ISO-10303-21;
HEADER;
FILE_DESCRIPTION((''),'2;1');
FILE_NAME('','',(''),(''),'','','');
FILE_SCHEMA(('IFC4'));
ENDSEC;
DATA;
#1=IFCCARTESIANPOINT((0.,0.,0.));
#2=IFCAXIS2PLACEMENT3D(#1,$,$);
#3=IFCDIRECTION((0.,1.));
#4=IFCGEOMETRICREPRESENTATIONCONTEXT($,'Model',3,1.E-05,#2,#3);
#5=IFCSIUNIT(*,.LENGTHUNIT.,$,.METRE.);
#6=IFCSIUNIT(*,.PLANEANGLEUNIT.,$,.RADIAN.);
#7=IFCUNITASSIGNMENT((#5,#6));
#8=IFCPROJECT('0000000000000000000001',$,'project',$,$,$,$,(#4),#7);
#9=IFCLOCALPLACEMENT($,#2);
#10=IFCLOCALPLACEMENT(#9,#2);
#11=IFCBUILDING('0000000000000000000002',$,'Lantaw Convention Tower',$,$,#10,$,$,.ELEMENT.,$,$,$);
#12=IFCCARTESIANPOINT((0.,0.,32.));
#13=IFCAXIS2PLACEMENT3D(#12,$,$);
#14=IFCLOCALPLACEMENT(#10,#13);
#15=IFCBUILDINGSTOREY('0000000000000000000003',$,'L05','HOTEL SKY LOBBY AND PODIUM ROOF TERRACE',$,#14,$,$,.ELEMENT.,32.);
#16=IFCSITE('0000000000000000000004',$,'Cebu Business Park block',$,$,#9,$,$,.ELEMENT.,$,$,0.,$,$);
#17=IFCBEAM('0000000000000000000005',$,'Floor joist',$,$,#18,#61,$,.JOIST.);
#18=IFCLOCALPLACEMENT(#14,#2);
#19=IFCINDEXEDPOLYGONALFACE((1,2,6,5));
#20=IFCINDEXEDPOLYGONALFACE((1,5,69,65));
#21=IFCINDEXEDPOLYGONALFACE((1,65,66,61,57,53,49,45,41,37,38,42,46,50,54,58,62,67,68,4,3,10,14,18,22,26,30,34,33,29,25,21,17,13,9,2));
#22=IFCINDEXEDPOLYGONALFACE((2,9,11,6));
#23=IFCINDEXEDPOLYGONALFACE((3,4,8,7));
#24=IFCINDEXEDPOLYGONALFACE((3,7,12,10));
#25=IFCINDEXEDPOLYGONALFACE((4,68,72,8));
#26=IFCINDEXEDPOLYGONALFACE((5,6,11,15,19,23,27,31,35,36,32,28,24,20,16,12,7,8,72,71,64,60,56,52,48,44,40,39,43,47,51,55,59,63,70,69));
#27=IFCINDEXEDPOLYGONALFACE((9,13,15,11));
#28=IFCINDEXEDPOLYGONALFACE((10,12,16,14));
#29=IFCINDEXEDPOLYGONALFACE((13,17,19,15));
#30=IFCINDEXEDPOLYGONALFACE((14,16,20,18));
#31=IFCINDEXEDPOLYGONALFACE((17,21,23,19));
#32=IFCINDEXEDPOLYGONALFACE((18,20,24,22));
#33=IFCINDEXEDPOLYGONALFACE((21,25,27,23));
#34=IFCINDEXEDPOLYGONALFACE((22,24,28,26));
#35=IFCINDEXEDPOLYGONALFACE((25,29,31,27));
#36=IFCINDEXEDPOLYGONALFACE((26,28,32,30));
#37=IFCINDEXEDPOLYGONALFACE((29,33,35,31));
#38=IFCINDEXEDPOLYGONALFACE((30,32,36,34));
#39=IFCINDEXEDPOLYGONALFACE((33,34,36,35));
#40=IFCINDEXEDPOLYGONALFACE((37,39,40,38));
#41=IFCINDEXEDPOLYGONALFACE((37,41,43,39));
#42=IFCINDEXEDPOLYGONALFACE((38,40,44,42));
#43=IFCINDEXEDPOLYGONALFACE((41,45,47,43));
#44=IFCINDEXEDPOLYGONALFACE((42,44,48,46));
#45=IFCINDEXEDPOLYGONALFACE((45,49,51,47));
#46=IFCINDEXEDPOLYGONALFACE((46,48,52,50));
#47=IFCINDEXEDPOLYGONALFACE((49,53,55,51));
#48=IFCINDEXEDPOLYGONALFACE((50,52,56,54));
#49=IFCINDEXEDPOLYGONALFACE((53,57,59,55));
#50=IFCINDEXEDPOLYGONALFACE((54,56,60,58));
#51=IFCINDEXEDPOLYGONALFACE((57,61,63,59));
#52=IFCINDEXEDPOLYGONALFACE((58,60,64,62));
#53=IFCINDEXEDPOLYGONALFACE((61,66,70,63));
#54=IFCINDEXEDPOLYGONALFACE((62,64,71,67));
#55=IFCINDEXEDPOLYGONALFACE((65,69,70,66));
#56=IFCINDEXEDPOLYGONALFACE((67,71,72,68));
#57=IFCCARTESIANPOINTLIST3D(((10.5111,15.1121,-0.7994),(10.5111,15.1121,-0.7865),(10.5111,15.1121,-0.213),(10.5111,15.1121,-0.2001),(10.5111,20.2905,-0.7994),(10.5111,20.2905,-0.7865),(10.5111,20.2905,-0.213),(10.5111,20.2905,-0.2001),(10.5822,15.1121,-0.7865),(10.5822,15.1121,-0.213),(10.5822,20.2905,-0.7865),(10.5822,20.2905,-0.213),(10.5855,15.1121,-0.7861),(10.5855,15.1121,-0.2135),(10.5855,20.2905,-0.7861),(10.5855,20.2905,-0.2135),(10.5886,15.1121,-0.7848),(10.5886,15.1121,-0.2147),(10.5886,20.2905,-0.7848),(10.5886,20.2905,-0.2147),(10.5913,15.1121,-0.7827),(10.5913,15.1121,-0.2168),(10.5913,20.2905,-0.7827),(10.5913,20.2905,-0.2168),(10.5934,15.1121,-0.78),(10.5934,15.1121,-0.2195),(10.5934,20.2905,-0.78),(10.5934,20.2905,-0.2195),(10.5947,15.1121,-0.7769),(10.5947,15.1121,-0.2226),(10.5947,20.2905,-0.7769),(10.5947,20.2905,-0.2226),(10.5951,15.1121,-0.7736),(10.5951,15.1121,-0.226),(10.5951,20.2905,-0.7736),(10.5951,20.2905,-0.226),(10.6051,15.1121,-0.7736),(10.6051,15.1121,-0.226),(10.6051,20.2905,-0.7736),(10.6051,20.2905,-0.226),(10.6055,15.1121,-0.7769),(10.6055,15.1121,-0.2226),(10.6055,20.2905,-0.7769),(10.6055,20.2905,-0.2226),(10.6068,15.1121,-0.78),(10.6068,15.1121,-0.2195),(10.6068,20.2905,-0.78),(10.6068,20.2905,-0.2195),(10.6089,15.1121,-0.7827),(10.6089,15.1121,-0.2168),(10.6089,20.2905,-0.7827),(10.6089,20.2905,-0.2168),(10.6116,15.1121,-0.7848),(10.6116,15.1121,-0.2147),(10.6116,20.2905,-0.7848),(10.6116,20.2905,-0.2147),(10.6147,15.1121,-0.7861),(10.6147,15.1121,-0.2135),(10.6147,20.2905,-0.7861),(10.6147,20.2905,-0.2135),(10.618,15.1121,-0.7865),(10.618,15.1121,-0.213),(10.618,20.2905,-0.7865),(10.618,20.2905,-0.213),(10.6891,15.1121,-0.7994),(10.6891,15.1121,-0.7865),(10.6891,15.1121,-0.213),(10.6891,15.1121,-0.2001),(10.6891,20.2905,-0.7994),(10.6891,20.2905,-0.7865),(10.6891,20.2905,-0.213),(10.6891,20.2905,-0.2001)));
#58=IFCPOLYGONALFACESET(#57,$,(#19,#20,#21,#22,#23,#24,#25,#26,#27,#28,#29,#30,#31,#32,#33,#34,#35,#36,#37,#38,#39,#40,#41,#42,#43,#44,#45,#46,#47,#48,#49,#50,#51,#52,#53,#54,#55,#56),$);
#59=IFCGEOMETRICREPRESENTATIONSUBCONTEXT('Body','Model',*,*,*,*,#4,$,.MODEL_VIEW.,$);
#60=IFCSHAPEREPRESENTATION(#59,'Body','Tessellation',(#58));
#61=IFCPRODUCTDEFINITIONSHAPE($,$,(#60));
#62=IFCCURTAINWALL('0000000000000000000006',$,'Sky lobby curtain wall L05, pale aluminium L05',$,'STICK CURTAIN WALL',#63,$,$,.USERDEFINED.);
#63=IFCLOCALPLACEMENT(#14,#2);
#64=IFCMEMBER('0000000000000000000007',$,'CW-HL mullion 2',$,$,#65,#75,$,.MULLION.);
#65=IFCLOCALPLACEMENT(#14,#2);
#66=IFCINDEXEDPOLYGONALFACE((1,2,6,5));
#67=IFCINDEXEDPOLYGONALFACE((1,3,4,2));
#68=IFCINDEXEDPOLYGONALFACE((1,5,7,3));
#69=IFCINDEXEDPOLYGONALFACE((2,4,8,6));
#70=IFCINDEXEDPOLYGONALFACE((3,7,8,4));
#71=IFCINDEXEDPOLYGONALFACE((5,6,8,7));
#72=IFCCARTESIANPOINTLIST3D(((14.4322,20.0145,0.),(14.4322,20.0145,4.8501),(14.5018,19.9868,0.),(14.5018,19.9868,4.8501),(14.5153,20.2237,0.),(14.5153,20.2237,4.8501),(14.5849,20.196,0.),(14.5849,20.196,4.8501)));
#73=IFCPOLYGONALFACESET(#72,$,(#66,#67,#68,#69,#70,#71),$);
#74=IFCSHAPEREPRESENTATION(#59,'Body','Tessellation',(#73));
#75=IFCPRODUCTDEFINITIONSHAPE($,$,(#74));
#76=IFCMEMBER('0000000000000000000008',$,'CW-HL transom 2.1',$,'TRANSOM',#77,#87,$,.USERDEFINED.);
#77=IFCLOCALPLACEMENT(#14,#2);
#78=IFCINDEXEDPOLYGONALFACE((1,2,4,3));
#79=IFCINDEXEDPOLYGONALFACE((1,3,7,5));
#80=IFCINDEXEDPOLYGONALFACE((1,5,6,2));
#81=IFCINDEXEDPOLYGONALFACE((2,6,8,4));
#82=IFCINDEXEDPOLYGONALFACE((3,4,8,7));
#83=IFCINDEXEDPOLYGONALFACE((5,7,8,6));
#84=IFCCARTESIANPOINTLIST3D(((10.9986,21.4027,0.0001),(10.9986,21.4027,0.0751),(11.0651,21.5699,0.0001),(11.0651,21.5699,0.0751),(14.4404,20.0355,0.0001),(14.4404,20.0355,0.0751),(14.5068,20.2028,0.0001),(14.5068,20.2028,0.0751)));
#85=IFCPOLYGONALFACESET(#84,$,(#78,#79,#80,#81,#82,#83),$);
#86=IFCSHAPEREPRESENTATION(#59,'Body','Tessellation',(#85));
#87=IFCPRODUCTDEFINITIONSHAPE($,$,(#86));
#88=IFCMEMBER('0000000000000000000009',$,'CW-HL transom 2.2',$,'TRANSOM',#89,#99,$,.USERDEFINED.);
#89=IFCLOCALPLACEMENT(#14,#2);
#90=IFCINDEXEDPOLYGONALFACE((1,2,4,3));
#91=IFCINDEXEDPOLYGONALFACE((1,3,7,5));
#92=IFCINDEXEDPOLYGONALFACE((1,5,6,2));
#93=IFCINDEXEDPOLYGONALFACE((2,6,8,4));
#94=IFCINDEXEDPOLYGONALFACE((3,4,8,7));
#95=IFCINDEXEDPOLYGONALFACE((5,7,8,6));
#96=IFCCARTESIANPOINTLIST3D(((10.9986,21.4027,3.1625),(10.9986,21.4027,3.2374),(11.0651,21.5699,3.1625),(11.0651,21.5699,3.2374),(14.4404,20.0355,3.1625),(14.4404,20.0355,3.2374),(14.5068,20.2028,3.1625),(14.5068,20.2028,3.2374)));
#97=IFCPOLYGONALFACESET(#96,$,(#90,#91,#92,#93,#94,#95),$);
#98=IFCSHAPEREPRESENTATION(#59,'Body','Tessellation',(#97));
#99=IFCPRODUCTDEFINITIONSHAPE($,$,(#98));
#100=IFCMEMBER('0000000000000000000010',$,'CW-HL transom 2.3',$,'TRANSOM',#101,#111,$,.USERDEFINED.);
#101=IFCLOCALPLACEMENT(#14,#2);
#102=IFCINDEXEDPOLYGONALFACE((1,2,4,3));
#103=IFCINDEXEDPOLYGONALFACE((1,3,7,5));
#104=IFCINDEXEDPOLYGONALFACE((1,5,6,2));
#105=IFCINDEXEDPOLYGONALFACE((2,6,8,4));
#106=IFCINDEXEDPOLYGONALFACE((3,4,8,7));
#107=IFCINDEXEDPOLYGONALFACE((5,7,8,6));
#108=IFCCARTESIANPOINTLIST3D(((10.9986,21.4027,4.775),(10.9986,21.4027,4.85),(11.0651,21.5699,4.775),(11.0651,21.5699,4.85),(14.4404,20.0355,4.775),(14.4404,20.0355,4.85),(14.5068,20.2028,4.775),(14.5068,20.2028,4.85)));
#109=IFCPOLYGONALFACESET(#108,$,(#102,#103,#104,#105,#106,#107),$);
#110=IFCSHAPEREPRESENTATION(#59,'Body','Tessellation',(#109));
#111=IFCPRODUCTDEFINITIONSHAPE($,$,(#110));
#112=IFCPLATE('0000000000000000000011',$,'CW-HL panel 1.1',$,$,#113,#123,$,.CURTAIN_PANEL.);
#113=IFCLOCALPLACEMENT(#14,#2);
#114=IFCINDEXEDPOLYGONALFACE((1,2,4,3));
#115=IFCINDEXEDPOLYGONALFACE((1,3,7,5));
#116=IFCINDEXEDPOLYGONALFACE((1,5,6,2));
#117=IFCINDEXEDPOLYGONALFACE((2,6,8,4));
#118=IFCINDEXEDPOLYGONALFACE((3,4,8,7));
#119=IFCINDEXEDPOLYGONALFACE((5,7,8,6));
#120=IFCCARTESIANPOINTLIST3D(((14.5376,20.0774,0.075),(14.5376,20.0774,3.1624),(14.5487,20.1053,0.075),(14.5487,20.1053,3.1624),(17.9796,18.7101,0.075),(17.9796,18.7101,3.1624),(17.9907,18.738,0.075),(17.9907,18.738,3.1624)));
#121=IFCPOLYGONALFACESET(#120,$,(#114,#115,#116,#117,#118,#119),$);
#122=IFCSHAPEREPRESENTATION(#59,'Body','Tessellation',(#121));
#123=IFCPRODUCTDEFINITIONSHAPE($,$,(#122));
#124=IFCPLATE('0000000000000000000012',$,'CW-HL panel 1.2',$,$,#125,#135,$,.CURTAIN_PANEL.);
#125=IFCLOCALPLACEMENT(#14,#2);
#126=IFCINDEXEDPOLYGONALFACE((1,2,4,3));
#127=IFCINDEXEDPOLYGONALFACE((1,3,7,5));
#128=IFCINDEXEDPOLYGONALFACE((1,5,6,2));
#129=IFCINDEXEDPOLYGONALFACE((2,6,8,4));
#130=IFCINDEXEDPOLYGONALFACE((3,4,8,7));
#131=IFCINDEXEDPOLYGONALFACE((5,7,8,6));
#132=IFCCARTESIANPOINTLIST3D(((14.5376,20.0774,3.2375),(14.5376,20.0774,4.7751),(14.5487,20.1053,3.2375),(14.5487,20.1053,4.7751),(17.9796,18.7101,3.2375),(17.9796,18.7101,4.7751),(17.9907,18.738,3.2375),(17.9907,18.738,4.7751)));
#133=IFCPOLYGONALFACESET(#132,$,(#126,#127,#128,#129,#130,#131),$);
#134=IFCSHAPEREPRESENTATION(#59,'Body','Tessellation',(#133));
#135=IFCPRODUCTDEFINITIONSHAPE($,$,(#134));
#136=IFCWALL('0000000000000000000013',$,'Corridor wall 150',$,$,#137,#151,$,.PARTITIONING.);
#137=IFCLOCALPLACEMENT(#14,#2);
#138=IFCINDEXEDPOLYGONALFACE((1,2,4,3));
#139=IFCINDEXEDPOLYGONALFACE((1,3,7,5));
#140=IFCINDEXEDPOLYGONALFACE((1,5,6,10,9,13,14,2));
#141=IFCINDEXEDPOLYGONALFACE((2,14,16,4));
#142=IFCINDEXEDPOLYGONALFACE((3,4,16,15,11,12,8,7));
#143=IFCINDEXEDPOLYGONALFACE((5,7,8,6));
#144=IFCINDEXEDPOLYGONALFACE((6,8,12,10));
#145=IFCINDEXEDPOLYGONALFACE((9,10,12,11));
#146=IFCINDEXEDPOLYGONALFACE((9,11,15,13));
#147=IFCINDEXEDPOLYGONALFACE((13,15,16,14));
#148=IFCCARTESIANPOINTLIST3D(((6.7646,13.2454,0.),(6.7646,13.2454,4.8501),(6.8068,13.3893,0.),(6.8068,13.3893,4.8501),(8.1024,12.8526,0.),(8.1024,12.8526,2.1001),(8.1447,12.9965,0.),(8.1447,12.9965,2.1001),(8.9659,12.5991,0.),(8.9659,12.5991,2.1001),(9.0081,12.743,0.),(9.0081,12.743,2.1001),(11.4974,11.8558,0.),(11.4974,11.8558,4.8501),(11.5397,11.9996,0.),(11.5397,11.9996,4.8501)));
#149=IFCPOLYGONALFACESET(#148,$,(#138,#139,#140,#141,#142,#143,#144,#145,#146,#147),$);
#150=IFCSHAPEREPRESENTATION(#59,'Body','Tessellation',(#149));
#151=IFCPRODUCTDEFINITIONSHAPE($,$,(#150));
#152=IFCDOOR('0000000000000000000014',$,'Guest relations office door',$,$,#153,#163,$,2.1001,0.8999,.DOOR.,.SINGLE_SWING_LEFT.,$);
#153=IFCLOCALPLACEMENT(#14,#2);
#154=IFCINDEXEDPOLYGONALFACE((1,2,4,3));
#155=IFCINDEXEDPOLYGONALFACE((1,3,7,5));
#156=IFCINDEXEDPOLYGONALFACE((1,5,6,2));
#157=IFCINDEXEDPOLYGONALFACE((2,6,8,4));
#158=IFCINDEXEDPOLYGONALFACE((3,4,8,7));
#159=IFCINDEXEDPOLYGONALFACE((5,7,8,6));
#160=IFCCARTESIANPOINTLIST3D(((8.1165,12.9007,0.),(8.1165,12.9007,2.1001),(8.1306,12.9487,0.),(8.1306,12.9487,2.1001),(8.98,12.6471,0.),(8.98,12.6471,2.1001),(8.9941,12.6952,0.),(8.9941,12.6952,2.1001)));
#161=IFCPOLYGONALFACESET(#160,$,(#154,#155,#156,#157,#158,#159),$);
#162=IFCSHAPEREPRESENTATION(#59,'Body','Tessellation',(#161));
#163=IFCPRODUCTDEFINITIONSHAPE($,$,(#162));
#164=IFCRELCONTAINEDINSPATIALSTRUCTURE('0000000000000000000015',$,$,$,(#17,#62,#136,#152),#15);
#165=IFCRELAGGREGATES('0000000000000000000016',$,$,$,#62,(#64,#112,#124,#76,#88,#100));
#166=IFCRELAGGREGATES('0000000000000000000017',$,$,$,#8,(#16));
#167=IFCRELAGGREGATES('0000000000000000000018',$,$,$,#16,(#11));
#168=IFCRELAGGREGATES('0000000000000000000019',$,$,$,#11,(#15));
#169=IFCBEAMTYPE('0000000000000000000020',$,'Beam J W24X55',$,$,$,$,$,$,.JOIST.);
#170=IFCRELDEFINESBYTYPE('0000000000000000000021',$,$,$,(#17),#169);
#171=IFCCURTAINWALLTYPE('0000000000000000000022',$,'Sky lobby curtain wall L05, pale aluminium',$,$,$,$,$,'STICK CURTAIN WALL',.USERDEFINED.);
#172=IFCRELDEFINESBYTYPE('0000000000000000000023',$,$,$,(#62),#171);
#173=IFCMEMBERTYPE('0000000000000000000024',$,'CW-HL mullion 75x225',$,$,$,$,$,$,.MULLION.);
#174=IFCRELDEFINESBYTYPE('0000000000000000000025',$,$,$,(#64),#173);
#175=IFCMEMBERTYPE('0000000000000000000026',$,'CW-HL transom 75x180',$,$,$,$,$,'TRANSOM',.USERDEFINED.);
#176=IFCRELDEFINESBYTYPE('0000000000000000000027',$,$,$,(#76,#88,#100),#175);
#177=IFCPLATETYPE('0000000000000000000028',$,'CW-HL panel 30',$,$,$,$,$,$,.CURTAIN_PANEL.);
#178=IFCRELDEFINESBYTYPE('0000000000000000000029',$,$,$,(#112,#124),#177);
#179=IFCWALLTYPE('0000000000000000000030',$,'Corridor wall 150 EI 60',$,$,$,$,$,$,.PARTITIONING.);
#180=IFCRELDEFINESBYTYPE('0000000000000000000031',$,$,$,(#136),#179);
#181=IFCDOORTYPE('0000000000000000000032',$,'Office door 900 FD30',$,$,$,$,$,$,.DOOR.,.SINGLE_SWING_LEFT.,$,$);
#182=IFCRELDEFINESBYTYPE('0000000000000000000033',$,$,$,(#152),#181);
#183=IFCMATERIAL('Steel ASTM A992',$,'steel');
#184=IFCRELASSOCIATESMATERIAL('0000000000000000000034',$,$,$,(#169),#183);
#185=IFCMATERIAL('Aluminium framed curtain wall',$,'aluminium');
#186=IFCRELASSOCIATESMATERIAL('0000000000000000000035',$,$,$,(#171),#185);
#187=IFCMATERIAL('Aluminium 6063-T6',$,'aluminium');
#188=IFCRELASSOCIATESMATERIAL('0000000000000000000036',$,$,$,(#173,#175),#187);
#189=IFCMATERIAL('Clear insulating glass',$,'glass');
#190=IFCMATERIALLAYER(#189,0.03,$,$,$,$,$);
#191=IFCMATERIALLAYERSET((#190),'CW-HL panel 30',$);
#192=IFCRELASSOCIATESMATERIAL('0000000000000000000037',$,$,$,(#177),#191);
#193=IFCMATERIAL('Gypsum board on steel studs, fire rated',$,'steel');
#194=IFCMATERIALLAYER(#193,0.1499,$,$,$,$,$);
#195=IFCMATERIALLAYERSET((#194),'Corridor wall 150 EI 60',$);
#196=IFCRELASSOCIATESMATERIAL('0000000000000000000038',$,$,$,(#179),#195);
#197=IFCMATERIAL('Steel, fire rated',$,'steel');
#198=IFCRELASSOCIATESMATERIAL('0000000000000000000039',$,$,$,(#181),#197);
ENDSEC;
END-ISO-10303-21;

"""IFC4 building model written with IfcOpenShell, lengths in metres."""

from ifc_helpers import new_model, si_unit, direction, frame, frame_2d, origin, origin_2d, place, context, subcontext, project, spatial, rectangle, i_section, extrude, material, layer, layer_set, material_profile, profile_set, type_object, element, fill, aggregate, save


model = new_model("IFC4")

# Units and contexts
model_context = context("Model", 3, precision=1e-05, world=origin(), true_north=direction((0.0, 1.0)))
body_context = subcontext(model_context, "Body", "Model", "MODEL_VIEW")
ifc_project = project(units=[si_unit("LENGTHUNIT", "METRE"), si_unit("PLANEANGLEUNIT", "RADIAN")], contexts=[model_context])

# Site, building, storey
site_placement = place(None, origin())
site = spatial("IfcSite", under=ifc_project, at=site_placement, Name="Cebu Business Park block", CompositionType="ELEMENT", RefElevation=0.0)
building_placement = place(site_placement, origin())
building = spatial("IfcBuilding", under=site, at=building_placement, Name="Lantaw Convention Tower", CompositionType="ELEMENT")
storey_placement = place(building_placement, frame((0.0, 0.0, 32.0)))
storey = spatial("IfcBuildingStorey", under=building, at=storey_placement, Name="L05", Description="HOTEL SKY LOBBY AND PODIUM ROOF TERRACE", CompositionType="ELEMENT", Elevation=32.0)

# Beam
ifc_material_1 = material(Name="Steel ASTM A992", Category="steel")
ifc_material_profile_1 = material_profile(ifc_material_1, i_section(OverallWidth=0.178, OverallDepth=0.5994, WebThickness=0.01, FlangeThickness=0.0129, FilletRadius=0.0129, at=origin_2d()), Name="W24X55")
ifc_profile_set_1 = profile_set([ifc_material_profile_1], Name="Steel ASTM A992")
beam_type_1 = type_object("IfcBeamType", Name="Beam J W24X55", PredefinedType="JOIST", material=ifc_profile_set_1)
beam_1_placement = place(storey_placement, frame((10.6001, 15.1121, -0.4998), z_axis=(0.0, 1.0, 0.0), x_axis=(-1.0, 0.0, 0.0)))
element("IfcBeam", 1, at=beam_1_placement, inside=storey, type_object=beam_type_1, Name="Floor joist", PredefinedType="JOIST", context=body_context, shape_type="SweptSolid", body=[
    extrude(i_section(OverallWidth=0.178, OverallDepth=0.5994, WebThickness=0.01, FlangeThickness=0.0129, FilletRadius=0.0129, at=origin_2d()), origin(), (0.0, 0.0, 1.0), 5.1785),
])

# Curtain wall, members, plates
ifc_material_2 = material(Name="Aluminium framed curtain wall", Category="aluminium")
curtain_wall_type = type_object("IfcCurtainWallType", Name="Sky lobby curtain wall L05, pale aluminium", ElementType="STICK CURTAIN WALL", PredefinedType="USERDEFINED", material=ifc_material_2)
curtain_wall_placement = place(storey_placement, origin())
curtain_wall = element("IfcCurtainWall", 2, at=curtain_wall_placement, inside=storey, type_object=curtain_wall_type, Name="Sky lobby curtain wall L05, pale aluminium L05", ObjectType="STICK CURTAIN WALL", PredefinedType="USERDEFINED")
ifc_material_3 = material(Name="Aluminium 6063-T6", Category="aluminium")
ifc_material_profile_2 = material_profile(ifc_material_3, rectangle(XDim=0.2251, YDim=0.075, at=origin_2d()), Name="CW-HL mullion 75x225")
ifc_profile_set_2 = profile_set([ifc_material_profile_2], Name="Aluminium 6063-T6")
member_type_1 = type_object("IfcMemberType", Name="CW-HL mullion 75x225", PredefinedType="MULLION", material=ifc_profile_set_2)
member_1_placement = place(storey_placement, frame((14.5085, 20.1052, 0.0), z_axis=(0.0, 0.0, 1.0), x_axis=(-0.369172, -0.929361, 0.0)))
member_1 = element("IfcMember", 3, at=member_1_placement, type_object=member_type_1, Name="CW-HL mullion 2", PredefinedType="MULLION", context=body_context, shape_type="SweptSolid", body=[
    extrude(rectangle(XDim=0.2251, YDim=0.075, at=origin_2d()), origin(), (0.0, 0.0, 1.0), 4.8501),
])
ifc_material_profile_3 = material_profile(ifc_material_3, rectangle(XDim=0.1799, YDim=0.075, at=origin_2d()), Name="CW-HL transom 75x180")
ifc_profile_set_3 = profile_set([ifc_material_profile_3], Name="Aluminium 6063-T6")
member_type_2 = type_object("IfcMemberType", Name="CW-HL transom 75x180", ElementType="TRANSOM", PredefinedType="USERDEFINED", material=ifc_profile_set_3)
member_2_placement = place(storey_placement, frame((14.4736, 20.1191, 0.0376), z_axis=(-0.929365, 0.369162, 0.0), x_axis=(-0.369162, -0.929365, 0.0)))
member_2 = element("IfcMember", 4, at=member_2_placement, type_object=member_type_2, Name="CW-HL transom 2.1", ObjectType="TRANSOM", PredefinedType="USERDEFINED", context=body_context, shape_type="SweptSolid", body=[
    extrude(rectangle(XDim=0.1799, YDim=0.075, at=origin_2d()), origin(), (0.0, 0.0, 1.0), 3.7034),
])
member_3_placement = place(storey_placement, frame((14.4736, 20.1191, 3.2), z_axis=(-0.929365, 0.369162, 0.0), x_axis=(-0.369162, -0.929365, 0.0)))
member_3 = element("IfcMember", 5, at=member_3_placement, type_object=member_type_2, Name="CW-HL transom 2.2", ObjectType="TRANSOM", PredefinedType="USERDEFINED", context=body_context, shape_type="SweptSolid", body=[
    extrude(rectangle(XDim=0.1799, YDim=0.075, at=origin_2d()), origin(), (0.0, 0.0, 1.0), 3.7034),
])
member_4_placement = place(storey_placement, frame((14.4736, 20.1191, 4.8125), z_axis=(-0.929365, 0.369162, 0.0), x_axis=(-0.369162, -0.929365, 0.0)))
member_4 = element("IfcMember", 6, at=member_4_placement, type_object=member_type_2, Name="CW-HL transom 2.3", ObjectType="TRANSOM", PredefinedType="USERDEFINED", context=body_context, shape_type="SweptSolid", body=[
    extrude(rectangle(XDim=0.1799, YDim=0.075, at=origin_2d()), origin(), (0.0, 0.0, 1.0), 3.7034),
])
ifc_material_4 = material(Name="Clear insulating glass", Category="glass")
ifc_layer_1 = layer(ifc_material_4, 0.03)
ifc_layer_set_1 = layer_set([ifc_layer_1], Name="CW-HL panel 30")
plate_type = type_object("IfcPlateType", Name="CW-HL panel 30", PredefinedType="CURTAIN_PANEL", material=ifc_layer_set_1)
plate_1_placement = place(storey_placement, frame((16.2642, 19.4077, 0.075), z_axis=(0.0, 0.0, 1.0), x_axis=(-0.929361, 0.369172, 0.0)))
plate_1 = element("IfcPlate", 7, at=plate_1_placement, type_object=plate_type, Name="CW-HL panel 1.1", PredefinedType="CURTAIN_PANEL", context=body_context, shape_type="SweptSolid", body=[
    extrude(rectangle(XDim=3.7036, YDim=0.03, at=origin_2d()), origin(), (0.0, 0.0, 1.0), 3.0874),
])
plate_2_placement = place(storey_placement, frame((16.2642, 19.4077, 3.2375), z_axis=(0.0, 0.0, 1.0), x_axis=(-0.929361, 0.369172, 0.0)))
plate_2 = element("IfcPlate", 8, at=plate_2_placement, type_object=plate_type, Name="CW-HL panel 1.2", PredefinedType="CURTAIN_PANEL", context=body_context, shape_type="SweptSolid", body=[
    extrude(rectangle(XDim=3.7036, YDim=0.03, at=origin_2d()), origin(), (0.0, 0.0, 1.0), 1.5376),
])
aggregate(curtain_wall, [member_1, plate_1, plate_2, member_2, member_3, member_4])

# Wall, opening, door
ifc_material_5 = material(Name="Gypsum board on steel studs, fire rated", Category="steel")
ifc_layer_2 = layer(ifc_material_5, 0.1499)
ifc_layer_set_2 = layer_set([ifc_layer_2], Name="Corridor wall 150 EI 60")
wall_type_1 = type_object("IfcWallType", Name="Corridor wall 150 EI 60", PredefinedType="PARTITIONING", material=ifc_layer_set_2)
wall_1_placement = place(storey_placement, frame((11.5186, 11.9277, 0.0), z_axis=(0.0, 0.0, 1.0), x_axis=(-0.959496, 0.281721, 0.0)))
wall_1 = element("IfcWall", 9, at=wall_1_placement, inside=storey, type_object=wall_type_1, Name="Corridor wall 150", PredefinedType="PARTITIONING", context=body_context, shape_type="SweptSolid", body=[
    extrude(rectangle(XDim=4.9326, YDim=0.1499, at=frame_2d((2.4663, 0.0))), origin(), (0.0, 0.0, 1.0), 4.8501),
])
opening_1_placement = place(wall_1_placement, frame((2.6384, 0.0, 0.0)))
opening_1 = element("IfcOpeningElement", 10, at=opening_1_placement, cuts=wall_1, PredefinedType="OPENING", context=body_context, shape_type="SweptSolid", body=[
    extrude(rectangle(XDim=0.8999, YDim=2.1001, at=frame_2d((0.45, 1.05))), frame((0.0, 0.085, 0.0), z_axis=(0.0, -1.0, 0.0), x_axis=(1.0, 0.0, 0.0)), (0.0, 0.0, 1.0), 0.1699),
])
ifc_material_6 = material(Name="Steel, fire rated", Category="steel")
door_type_1 = type_object("IfcDoorType", Name="Office door 900 FD30", OperationType="SINGLE_SWING_LEFT", PredefinedType="DOOR", material=ifc_material_6)
door_1_placement = place(opening_1_placement, origin())
door_1 = element("IfcDoor", 11, at=door_1_placement, inside=storey, type_object=door_type_1, Name="Guest relations office door", OperationType="SINGLE_SWING_LEFT", OverallHeight=2.1001, OverallWidth=0.8999, PredefinedType="DOOR", context=body_context, shape_type="SweptSolid", body=[
    extrude(rectangle(XDim=0.8999, YDim=2.1001, at=frame_2d((0.45, 1.05))), frame((0.0, 0.0249, 0.0), z_axis=(0.0, -1.0, 0.0), x_axis=(1.0, 0.0, 0.0)), (0.0, 0.0, 1.0), 0.05),
])
fill(opening_1, door_1)

save(model, "model.ifc")
